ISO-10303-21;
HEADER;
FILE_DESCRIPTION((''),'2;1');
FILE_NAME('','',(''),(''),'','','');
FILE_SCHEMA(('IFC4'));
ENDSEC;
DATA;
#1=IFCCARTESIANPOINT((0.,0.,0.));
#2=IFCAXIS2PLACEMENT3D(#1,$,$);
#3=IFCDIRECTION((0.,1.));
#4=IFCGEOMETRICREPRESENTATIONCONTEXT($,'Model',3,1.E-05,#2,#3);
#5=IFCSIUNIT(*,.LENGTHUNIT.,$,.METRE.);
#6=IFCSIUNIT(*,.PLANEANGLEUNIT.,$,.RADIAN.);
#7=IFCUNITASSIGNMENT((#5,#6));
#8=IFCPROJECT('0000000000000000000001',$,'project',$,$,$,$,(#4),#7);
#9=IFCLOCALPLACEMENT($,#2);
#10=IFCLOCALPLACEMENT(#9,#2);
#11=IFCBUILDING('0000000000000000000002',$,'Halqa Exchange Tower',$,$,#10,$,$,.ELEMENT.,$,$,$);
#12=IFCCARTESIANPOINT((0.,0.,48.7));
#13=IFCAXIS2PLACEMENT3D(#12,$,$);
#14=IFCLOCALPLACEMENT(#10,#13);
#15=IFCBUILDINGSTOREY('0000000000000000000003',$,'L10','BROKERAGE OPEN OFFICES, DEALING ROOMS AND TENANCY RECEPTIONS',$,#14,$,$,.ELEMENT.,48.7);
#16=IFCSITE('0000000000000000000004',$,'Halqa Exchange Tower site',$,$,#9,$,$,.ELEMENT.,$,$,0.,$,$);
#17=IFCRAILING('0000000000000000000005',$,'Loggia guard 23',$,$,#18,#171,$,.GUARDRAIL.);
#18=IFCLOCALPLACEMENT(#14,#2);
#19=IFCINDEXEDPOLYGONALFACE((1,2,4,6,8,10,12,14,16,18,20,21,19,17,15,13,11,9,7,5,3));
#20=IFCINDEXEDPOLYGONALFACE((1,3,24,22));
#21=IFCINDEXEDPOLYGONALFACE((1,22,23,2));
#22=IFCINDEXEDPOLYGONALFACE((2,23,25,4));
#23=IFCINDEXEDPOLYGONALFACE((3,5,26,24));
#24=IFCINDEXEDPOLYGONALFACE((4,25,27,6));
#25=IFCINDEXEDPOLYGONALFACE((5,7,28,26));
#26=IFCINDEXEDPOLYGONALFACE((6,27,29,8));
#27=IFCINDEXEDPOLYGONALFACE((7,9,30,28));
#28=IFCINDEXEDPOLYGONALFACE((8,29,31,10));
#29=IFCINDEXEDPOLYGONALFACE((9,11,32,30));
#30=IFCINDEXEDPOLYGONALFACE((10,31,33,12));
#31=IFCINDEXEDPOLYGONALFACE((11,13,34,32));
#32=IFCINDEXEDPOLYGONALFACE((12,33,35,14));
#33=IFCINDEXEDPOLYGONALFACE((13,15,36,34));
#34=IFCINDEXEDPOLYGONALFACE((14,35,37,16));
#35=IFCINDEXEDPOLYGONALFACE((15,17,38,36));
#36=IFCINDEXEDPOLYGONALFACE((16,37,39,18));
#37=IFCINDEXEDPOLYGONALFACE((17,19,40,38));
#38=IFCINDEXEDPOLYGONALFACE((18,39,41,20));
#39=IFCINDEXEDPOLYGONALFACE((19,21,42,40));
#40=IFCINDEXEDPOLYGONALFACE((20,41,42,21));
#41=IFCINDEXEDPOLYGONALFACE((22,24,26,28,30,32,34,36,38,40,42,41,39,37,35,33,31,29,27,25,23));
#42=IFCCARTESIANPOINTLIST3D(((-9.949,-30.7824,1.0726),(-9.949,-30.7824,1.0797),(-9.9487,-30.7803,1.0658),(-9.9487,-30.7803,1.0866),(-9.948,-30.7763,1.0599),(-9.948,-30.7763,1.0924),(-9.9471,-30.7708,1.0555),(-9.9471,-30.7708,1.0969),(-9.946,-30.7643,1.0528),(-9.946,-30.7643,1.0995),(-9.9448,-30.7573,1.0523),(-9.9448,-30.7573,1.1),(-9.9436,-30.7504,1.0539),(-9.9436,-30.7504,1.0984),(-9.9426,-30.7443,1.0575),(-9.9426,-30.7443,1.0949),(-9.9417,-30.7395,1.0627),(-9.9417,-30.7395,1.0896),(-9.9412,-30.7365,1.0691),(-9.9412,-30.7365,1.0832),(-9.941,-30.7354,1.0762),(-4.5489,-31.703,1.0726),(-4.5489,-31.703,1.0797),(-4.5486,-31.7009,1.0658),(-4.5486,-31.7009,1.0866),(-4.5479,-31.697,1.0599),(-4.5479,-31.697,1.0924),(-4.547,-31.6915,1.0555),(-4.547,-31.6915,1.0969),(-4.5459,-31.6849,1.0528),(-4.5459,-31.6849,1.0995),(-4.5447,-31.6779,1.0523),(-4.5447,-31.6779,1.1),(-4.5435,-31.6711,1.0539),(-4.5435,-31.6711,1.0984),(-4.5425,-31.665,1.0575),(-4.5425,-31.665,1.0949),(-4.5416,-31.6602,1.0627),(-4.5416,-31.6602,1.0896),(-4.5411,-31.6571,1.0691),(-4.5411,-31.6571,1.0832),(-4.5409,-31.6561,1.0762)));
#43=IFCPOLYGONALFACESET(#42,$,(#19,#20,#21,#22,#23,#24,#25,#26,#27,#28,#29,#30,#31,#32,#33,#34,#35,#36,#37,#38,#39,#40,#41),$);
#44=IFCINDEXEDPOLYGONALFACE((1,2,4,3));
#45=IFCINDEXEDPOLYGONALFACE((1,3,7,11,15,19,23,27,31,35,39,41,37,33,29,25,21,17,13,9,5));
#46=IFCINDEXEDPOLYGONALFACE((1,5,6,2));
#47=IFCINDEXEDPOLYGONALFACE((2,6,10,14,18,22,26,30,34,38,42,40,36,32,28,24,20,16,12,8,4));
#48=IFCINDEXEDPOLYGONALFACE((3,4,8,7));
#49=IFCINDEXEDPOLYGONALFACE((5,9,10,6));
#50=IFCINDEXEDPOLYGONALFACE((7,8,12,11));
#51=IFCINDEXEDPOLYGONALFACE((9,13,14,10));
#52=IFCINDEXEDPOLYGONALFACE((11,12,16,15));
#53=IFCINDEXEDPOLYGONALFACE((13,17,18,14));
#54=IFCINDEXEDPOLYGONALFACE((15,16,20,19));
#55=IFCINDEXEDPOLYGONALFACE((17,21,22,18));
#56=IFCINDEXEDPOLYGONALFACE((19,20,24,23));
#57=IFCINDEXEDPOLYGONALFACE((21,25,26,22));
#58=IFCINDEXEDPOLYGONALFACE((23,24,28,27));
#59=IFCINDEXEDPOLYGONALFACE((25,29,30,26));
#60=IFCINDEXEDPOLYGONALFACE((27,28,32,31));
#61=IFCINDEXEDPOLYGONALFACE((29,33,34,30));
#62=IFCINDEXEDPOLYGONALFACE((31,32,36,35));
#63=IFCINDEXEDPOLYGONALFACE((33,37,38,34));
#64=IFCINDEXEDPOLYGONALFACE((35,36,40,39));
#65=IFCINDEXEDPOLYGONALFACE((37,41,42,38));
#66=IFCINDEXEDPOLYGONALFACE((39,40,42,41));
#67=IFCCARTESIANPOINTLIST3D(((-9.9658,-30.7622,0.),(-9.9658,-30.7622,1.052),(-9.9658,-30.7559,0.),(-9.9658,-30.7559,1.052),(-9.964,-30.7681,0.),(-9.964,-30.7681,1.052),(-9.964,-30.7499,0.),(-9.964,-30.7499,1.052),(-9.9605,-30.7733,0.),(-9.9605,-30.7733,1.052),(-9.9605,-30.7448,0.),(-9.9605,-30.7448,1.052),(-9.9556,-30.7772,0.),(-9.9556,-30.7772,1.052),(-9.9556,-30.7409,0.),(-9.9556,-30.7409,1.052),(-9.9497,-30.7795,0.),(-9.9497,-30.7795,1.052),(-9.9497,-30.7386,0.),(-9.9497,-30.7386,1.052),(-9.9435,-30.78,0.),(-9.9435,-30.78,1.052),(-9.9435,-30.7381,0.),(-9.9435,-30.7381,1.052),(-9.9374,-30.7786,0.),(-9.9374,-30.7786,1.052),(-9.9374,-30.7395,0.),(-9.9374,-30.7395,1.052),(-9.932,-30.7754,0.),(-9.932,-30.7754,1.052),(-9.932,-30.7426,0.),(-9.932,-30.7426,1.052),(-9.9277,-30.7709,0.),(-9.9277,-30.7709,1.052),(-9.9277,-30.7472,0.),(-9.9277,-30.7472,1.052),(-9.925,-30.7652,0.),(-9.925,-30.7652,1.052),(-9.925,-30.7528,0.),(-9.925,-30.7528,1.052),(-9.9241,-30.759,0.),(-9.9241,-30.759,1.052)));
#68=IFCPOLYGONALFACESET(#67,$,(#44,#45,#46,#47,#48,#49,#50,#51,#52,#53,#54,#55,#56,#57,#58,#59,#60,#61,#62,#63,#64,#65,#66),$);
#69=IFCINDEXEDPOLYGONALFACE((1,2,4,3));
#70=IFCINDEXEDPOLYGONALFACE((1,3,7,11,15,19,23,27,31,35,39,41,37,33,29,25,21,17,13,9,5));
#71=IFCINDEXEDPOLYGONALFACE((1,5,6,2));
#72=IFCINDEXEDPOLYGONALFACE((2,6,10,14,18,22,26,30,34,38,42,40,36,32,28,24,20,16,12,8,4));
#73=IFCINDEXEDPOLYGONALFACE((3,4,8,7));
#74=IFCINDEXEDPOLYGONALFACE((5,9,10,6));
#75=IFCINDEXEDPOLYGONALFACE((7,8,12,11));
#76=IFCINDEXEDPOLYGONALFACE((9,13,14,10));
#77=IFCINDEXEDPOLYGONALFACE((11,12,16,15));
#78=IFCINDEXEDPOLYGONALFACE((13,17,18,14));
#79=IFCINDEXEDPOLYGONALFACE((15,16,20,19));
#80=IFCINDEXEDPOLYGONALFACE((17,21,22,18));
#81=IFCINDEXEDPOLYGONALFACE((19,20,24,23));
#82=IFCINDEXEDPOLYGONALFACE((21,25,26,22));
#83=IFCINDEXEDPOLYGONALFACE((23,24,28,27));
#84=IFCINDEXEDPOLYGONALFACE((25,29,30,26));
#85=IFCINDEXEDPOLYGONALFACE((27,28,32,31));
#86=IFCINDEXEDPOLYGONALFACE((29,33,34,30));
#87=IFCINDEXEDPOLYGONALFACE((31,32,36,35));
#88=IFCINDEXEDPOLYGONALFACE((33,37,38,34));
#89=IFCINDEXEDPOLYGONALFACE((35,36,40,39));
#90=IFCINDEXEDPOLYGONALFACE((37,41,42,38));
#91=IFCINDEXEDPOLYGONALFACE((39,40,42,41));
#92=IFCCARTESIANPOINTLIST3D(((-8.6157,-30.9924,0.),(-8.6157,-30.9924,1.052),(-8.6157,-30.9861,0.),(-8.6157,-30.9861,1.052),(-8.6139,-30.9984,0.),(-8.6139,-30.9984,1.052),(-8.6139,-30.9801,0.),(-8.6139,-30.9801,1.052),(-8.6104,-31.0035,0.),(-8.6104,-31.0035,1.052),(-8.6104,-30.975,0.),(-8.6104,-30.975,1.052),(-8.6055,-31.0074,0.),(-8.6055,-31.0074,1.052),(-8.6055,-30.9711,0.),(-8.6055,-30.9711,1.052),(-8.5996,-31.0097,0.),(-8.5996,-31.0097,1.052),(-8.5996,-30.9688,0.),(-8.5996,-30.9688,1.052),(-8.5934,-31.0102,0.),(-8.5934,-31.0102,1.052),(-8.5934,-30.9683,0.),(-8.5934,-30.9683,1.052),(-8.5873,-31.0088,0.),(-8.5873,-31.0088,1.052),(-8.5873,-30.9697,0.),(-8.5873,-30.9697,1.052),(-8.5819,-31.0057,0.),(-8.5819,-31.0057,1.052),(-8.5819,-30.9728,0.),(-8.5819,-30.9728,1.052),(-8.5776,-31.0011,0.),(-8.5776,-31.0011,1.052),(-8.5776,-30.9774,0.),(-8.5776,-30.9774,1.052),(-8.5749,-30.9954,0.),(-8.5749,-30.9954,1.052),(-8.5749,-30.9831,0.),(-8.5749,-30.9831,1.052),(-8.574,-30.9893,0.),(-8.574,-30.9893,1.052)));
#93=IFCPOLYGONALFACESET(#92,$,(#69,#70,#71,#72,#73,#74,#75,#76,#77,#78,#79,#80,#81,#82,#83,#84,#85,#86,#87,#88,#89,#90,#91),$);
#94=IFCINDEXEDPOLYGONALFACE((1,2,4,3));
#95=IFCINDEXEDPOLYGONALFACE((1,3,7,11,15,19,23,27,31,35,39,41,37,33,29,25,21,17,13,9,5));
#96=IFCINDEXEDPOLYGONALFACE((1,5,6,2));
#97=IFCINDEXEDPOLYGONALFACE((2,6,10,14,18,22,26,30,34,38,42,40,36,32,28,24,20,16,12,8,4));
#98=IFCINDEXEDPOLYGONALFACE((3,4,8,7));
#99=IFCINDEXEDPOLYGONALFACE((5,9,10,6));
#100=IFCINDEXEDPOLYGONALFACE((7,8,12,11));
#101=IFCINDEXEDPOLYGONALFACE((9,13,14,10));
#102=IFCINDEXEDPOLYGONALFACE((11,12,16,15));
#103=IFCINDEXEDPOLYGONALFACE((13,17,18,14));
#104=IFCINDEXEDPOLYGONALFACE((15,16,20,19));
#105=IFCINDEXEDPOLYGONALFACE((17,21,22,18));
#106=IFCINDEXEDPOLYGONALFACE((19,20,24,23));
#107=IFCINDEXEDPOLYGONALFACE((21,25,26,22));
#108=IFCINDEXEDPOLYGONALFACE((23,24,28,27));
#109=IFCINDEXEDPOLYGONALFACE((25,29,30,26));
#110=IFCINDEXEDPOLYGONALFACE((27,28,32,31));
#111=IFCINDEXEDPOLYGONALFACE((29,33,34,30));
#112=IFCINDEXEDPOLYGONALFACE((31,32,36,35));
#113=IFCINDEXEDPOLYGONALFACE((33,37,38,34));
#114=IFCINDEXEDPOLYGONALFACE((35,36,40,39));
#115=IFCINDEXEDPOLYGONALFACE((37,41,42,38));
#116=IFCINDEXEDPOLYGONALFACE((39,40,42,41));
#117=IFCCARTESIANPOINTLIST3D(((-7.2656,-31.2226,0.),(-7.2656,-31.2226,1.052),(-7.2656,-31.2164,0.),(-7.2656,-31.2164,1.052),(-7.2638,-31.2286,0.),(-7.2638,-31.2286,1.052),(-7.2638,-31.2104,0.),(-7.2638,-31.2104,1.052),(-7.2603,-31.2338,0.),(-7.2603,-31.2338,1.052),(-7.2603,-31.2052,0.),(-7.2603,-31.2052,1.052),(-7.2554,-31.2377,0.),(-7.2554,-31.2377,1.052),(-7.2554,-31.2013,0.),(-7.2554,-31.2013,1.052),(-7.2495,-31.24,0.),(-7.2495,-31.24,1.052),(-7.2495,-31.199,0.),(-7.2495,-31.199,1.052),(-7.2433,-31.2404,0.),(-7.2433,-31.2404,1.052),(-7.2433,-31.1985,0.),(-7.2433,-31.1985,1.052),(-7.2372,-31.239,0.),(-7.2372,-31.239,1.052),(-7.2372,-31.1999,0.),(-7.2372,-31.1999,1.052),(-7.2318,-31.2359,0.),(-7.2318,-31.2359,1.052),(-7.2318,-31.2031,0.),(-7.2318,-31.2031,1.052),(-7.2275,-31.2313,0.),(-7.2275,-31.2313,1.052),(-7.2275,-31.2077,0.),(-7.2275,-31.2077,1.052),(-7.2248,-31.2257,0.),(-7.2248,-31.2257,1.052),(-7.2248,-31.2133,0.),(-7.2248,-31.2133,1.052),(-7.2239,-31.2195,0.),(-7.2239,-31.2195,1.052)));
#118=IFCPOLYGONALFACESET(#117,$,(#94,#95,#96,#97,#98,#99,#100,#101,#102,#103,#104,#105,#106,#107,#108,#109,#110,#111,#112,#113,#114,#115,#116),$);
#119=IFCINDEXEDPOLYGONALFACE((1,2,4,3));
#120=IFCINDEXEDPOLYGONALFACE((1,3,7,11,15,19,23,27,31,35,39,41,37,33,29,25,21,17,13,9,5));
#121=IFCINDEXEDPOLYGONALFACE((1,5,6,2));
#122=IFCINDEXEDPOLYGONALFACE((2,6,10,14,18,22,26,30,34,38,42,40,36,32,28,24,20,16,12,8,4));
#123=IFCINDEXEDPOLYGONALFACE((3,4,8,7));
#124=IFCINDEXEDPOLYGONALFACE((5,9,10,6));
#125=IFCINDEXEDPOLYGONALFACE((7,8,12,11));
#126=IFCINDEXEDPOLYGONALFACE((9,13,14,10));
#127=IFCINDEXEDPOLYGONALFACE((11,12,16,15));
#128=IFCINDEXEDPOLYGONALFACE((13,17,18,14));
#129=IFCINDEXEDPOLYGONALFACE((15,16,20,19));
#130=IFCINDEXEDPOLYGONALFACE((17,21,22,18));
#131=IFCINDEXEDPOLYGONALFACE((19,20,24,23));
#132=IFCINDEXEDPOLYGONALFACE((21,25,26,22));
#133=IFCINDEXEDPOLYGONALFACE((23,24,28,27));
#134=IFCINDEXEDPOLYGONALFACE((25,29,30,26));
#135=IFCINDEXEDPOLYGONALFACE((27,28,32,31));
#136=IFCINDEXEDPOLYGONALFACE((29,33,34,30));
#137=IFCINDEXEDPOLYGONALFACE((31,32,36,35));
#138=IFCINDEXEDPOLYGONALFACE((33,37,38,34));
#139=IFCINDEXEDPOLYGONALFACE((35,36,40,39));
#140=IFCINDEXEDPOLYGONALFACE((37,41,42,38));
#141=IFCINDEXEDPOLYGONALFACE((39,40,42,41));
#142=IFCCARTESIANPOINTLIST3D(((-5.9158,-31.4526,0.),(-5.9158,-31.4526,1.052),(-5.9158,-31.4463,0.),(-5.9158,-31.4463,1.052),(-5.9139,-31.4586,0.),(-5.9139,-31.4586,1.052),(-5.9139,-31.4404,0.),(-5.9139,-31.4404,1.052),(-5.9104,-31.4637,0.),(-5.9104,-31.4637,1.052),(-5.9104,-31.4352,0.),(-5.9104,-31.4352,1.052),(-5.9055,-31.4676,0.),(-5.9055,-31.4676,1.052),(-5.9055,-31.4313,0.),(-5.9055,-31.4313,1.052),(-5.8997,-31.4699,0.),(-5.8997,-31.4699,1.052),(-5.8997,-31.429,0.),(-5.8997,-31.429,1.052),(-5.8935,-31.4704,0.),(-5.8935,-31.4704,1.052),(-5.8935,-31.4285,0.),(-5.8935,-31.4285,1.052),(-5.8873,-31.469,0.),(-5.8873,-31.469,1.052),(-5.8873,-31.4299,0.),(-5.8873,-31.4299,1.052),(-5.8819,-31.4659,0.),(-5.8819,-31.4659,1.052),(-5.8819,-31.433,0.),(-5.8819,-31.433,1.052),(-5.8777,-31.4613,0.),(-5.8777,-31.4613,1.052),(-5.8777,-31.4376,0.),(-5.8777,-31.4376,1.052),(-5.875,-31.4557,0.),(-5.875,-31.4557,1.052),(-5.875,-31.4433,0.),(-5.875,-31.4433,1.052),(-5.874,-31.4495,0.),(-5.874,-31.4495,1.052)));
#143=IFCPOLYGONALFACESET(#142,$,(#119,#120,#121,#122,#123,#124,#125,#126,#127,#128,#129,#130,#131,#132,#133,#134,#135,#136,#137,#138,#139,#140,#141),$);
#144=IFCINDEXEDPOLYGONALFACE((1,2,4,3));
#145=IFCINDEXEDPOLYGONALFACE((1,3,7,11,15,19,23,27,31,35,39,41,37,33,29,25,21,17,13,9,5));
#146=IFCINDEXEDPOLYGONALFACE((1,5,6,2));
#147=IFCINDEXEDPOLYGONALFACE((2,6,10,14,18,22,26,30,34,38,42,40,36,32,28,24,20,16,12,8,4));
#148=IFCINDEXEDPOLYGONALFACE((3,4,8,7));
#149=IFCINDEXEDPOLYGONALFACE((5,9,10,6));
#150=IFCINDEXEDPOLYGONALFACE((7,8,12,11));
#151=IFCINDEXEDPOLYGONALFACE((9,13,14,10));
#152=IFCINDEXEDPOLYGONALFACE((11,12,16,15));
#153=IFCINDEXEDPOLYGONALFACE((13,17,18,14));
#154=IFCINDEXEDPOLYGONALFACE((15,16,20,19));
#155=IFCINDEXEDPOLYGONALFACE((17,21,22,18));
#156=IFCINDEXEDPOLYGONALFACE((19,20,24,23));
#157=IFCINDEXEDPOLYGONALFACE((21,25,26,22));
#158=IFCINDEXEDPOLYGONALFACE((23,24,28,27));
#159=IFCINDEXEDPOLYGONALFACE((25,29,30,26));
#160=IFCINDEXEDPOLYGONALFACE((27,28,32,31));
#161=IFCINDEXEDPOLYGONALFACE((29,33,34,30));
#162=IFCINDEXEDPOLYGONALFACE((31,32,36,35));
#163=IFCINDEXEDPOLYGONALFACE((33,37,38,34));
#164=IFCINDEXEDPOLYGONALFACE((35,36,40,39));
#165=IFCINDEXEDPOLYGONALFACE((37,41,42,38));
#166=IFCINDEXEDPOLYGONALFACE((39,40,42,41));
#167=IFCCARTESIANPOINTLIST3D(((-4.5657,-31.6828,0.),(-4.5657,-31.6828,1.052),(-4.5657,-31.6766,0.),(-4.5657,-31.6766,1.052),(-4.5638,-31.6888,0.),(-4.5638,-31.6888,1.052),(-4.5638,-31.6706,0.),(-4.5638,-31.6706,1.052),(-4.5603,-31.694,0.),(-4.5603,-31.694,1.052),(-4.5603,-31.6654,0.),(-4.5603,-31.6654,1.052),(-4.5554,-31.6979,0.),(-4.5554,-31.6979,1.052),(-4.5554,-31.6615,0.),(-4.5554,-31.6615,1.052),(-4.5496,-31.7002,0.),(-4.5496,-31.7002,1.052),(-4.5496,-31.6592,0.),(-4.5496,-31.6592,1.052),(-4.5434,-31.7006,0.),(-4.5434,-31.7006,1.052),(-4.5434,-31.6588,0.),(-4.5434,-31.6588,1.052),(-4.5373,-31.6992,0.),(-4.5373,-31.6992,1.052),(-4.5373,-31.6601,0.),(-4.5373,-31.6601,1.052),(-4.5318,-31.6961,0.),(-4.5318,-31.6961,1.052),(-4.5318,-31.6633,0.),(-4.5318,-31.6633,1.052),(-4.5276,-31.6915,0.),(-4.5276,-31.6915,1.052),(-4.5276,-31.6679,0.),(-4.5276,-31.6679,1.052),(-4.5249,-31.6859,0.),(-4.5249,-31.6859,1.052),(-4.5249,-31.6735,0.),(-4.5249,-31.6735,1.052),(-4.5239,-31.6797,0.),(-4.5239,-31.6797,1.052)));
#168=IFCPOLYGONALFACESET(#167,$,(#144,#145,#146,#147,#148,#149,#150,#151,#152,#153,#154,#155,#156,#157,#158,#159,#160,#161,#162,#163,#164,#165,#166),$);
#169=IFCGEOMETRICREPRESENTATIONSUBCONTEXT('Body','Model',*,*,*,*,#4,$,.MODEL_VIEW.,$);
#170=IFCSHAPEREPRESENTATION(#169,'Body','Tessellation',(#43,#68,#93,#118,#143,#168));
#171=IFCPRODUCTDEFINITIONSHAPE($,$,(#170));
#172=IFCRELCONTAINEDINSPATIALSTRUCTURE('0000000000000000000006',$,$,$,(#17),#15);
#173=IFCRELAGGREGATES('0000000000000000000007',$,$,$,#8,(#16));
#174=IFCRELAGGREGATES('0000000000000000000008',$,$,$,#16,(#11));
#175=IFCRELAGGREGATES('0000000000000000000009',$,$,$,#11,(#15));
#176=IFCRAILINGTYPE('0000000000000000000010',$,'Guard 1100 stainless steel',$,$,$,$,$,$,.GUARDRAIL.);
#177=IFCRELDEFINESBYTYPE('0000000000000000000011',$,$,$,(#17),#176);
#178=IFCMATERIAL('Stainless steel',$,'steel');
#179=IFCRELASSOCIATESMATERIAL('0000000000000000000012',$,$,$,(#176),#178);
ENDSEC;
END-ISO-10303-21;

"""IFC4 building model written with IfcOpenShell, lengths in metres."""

from ifc_helpers import new_model, si_unit, direction, frame, origin, origin_2d, place, context, subcontext, project, spatial, circle, extrude, material, type_object, element, save


model = new_model("IFC4")

# Units and contexts
model_context = context("Model", 3, precision=1e-05, world=origin(), true_north=direction((0.0, 1.0)))
body_context = subcontext(model_context, "Body", "Model", "MODEL_VIEW")
ifc_project = project(units=[si_unit("LENGTHUNIT", "METRE"), si_unit("PLANEANGLEUNIT", "RADIAN")], contexts=[model_context])

# Site, building, storey
site_placement = place(None, origin())
site = spatial("IfcSite", under=ifc_project, at=site_placement, Name="Halqa Exchange Tower site", CompositionType="ELEMENT", RefElevation=0.0)
building_placement = place(site_placement, origin())
building = spatial("IfcBuilding", under=site, at=building_placement, Name="Halqa Exchange Tower", CompositionType="ELEMENT")
storey_placement = place(building_placement, frame((0.0, 0.0, 48.7)))
storey = spatial("IfcBuildingStorey", under=building, at=storey_placement, Name="L10", Description="BROKERAGE OPEN OFFICES, DEALING ROOMS AND TENANCY RECEPTIONS", CompositionType="ELEMENT", Elevation=48.7)

# Railing
ifc_material_1 = material(Name="Stainless steel", Category="steel")
railing_type = type_object("IfcRailingType", Name="Guard 1100 stainless steel", PredefinedType="GUARDRAIL", material=ifc_material_1)
railing_1_placement = place(storey_placement, frame((-9.9451, -30.759, 0.0)))
element("IfcRailing", 1, at=railing_1_placement, inside=storey, type_object=railing_type, Name="Loggia guard 23", PredefinedType="GUARDRAIL", context=body_context, shape_type="SweptSolid", body=[
    extrude(circle(Radius=0.0239, at=origin_2d()), frame((0.0, 0.0, 1.0762), z_axis=(0.985776, -0.168062, 0.0), x_axis=(0.168062, 0.985776, 0.0)), (0.0, 0.0, 1.0), 5.478),
    extrude(circle(Radius=0.021, at=origin_2d()), origin(), (0.0, 0.0, 1.0), 1.052),
    extrude(circle(Radius=0.021, at=origin_2d()), frame((1.3501, -0.2302, 0.0)), (0.0, 0.0, 1.0), 1.052),
    extrude(circle(Radius=0.021, at=origin_2d()), frame((2.7002, -0.4604, 0.0)), (0.0, 0.0, 1.0), 1.052),
    extrude(circle(Radius=0.021, at=origin_2d()), frame((4.05, -0.6904, 0.0)), (0.0, 0.0, 1.0), 1.052),
    extrude(circle(Radius=0.021, at=origin_2d()), frame((5.4001, -0.9207, 0.0)), (0.0, 0.0, 1.0), 1.052),
])

save(model, "model.ifc")
